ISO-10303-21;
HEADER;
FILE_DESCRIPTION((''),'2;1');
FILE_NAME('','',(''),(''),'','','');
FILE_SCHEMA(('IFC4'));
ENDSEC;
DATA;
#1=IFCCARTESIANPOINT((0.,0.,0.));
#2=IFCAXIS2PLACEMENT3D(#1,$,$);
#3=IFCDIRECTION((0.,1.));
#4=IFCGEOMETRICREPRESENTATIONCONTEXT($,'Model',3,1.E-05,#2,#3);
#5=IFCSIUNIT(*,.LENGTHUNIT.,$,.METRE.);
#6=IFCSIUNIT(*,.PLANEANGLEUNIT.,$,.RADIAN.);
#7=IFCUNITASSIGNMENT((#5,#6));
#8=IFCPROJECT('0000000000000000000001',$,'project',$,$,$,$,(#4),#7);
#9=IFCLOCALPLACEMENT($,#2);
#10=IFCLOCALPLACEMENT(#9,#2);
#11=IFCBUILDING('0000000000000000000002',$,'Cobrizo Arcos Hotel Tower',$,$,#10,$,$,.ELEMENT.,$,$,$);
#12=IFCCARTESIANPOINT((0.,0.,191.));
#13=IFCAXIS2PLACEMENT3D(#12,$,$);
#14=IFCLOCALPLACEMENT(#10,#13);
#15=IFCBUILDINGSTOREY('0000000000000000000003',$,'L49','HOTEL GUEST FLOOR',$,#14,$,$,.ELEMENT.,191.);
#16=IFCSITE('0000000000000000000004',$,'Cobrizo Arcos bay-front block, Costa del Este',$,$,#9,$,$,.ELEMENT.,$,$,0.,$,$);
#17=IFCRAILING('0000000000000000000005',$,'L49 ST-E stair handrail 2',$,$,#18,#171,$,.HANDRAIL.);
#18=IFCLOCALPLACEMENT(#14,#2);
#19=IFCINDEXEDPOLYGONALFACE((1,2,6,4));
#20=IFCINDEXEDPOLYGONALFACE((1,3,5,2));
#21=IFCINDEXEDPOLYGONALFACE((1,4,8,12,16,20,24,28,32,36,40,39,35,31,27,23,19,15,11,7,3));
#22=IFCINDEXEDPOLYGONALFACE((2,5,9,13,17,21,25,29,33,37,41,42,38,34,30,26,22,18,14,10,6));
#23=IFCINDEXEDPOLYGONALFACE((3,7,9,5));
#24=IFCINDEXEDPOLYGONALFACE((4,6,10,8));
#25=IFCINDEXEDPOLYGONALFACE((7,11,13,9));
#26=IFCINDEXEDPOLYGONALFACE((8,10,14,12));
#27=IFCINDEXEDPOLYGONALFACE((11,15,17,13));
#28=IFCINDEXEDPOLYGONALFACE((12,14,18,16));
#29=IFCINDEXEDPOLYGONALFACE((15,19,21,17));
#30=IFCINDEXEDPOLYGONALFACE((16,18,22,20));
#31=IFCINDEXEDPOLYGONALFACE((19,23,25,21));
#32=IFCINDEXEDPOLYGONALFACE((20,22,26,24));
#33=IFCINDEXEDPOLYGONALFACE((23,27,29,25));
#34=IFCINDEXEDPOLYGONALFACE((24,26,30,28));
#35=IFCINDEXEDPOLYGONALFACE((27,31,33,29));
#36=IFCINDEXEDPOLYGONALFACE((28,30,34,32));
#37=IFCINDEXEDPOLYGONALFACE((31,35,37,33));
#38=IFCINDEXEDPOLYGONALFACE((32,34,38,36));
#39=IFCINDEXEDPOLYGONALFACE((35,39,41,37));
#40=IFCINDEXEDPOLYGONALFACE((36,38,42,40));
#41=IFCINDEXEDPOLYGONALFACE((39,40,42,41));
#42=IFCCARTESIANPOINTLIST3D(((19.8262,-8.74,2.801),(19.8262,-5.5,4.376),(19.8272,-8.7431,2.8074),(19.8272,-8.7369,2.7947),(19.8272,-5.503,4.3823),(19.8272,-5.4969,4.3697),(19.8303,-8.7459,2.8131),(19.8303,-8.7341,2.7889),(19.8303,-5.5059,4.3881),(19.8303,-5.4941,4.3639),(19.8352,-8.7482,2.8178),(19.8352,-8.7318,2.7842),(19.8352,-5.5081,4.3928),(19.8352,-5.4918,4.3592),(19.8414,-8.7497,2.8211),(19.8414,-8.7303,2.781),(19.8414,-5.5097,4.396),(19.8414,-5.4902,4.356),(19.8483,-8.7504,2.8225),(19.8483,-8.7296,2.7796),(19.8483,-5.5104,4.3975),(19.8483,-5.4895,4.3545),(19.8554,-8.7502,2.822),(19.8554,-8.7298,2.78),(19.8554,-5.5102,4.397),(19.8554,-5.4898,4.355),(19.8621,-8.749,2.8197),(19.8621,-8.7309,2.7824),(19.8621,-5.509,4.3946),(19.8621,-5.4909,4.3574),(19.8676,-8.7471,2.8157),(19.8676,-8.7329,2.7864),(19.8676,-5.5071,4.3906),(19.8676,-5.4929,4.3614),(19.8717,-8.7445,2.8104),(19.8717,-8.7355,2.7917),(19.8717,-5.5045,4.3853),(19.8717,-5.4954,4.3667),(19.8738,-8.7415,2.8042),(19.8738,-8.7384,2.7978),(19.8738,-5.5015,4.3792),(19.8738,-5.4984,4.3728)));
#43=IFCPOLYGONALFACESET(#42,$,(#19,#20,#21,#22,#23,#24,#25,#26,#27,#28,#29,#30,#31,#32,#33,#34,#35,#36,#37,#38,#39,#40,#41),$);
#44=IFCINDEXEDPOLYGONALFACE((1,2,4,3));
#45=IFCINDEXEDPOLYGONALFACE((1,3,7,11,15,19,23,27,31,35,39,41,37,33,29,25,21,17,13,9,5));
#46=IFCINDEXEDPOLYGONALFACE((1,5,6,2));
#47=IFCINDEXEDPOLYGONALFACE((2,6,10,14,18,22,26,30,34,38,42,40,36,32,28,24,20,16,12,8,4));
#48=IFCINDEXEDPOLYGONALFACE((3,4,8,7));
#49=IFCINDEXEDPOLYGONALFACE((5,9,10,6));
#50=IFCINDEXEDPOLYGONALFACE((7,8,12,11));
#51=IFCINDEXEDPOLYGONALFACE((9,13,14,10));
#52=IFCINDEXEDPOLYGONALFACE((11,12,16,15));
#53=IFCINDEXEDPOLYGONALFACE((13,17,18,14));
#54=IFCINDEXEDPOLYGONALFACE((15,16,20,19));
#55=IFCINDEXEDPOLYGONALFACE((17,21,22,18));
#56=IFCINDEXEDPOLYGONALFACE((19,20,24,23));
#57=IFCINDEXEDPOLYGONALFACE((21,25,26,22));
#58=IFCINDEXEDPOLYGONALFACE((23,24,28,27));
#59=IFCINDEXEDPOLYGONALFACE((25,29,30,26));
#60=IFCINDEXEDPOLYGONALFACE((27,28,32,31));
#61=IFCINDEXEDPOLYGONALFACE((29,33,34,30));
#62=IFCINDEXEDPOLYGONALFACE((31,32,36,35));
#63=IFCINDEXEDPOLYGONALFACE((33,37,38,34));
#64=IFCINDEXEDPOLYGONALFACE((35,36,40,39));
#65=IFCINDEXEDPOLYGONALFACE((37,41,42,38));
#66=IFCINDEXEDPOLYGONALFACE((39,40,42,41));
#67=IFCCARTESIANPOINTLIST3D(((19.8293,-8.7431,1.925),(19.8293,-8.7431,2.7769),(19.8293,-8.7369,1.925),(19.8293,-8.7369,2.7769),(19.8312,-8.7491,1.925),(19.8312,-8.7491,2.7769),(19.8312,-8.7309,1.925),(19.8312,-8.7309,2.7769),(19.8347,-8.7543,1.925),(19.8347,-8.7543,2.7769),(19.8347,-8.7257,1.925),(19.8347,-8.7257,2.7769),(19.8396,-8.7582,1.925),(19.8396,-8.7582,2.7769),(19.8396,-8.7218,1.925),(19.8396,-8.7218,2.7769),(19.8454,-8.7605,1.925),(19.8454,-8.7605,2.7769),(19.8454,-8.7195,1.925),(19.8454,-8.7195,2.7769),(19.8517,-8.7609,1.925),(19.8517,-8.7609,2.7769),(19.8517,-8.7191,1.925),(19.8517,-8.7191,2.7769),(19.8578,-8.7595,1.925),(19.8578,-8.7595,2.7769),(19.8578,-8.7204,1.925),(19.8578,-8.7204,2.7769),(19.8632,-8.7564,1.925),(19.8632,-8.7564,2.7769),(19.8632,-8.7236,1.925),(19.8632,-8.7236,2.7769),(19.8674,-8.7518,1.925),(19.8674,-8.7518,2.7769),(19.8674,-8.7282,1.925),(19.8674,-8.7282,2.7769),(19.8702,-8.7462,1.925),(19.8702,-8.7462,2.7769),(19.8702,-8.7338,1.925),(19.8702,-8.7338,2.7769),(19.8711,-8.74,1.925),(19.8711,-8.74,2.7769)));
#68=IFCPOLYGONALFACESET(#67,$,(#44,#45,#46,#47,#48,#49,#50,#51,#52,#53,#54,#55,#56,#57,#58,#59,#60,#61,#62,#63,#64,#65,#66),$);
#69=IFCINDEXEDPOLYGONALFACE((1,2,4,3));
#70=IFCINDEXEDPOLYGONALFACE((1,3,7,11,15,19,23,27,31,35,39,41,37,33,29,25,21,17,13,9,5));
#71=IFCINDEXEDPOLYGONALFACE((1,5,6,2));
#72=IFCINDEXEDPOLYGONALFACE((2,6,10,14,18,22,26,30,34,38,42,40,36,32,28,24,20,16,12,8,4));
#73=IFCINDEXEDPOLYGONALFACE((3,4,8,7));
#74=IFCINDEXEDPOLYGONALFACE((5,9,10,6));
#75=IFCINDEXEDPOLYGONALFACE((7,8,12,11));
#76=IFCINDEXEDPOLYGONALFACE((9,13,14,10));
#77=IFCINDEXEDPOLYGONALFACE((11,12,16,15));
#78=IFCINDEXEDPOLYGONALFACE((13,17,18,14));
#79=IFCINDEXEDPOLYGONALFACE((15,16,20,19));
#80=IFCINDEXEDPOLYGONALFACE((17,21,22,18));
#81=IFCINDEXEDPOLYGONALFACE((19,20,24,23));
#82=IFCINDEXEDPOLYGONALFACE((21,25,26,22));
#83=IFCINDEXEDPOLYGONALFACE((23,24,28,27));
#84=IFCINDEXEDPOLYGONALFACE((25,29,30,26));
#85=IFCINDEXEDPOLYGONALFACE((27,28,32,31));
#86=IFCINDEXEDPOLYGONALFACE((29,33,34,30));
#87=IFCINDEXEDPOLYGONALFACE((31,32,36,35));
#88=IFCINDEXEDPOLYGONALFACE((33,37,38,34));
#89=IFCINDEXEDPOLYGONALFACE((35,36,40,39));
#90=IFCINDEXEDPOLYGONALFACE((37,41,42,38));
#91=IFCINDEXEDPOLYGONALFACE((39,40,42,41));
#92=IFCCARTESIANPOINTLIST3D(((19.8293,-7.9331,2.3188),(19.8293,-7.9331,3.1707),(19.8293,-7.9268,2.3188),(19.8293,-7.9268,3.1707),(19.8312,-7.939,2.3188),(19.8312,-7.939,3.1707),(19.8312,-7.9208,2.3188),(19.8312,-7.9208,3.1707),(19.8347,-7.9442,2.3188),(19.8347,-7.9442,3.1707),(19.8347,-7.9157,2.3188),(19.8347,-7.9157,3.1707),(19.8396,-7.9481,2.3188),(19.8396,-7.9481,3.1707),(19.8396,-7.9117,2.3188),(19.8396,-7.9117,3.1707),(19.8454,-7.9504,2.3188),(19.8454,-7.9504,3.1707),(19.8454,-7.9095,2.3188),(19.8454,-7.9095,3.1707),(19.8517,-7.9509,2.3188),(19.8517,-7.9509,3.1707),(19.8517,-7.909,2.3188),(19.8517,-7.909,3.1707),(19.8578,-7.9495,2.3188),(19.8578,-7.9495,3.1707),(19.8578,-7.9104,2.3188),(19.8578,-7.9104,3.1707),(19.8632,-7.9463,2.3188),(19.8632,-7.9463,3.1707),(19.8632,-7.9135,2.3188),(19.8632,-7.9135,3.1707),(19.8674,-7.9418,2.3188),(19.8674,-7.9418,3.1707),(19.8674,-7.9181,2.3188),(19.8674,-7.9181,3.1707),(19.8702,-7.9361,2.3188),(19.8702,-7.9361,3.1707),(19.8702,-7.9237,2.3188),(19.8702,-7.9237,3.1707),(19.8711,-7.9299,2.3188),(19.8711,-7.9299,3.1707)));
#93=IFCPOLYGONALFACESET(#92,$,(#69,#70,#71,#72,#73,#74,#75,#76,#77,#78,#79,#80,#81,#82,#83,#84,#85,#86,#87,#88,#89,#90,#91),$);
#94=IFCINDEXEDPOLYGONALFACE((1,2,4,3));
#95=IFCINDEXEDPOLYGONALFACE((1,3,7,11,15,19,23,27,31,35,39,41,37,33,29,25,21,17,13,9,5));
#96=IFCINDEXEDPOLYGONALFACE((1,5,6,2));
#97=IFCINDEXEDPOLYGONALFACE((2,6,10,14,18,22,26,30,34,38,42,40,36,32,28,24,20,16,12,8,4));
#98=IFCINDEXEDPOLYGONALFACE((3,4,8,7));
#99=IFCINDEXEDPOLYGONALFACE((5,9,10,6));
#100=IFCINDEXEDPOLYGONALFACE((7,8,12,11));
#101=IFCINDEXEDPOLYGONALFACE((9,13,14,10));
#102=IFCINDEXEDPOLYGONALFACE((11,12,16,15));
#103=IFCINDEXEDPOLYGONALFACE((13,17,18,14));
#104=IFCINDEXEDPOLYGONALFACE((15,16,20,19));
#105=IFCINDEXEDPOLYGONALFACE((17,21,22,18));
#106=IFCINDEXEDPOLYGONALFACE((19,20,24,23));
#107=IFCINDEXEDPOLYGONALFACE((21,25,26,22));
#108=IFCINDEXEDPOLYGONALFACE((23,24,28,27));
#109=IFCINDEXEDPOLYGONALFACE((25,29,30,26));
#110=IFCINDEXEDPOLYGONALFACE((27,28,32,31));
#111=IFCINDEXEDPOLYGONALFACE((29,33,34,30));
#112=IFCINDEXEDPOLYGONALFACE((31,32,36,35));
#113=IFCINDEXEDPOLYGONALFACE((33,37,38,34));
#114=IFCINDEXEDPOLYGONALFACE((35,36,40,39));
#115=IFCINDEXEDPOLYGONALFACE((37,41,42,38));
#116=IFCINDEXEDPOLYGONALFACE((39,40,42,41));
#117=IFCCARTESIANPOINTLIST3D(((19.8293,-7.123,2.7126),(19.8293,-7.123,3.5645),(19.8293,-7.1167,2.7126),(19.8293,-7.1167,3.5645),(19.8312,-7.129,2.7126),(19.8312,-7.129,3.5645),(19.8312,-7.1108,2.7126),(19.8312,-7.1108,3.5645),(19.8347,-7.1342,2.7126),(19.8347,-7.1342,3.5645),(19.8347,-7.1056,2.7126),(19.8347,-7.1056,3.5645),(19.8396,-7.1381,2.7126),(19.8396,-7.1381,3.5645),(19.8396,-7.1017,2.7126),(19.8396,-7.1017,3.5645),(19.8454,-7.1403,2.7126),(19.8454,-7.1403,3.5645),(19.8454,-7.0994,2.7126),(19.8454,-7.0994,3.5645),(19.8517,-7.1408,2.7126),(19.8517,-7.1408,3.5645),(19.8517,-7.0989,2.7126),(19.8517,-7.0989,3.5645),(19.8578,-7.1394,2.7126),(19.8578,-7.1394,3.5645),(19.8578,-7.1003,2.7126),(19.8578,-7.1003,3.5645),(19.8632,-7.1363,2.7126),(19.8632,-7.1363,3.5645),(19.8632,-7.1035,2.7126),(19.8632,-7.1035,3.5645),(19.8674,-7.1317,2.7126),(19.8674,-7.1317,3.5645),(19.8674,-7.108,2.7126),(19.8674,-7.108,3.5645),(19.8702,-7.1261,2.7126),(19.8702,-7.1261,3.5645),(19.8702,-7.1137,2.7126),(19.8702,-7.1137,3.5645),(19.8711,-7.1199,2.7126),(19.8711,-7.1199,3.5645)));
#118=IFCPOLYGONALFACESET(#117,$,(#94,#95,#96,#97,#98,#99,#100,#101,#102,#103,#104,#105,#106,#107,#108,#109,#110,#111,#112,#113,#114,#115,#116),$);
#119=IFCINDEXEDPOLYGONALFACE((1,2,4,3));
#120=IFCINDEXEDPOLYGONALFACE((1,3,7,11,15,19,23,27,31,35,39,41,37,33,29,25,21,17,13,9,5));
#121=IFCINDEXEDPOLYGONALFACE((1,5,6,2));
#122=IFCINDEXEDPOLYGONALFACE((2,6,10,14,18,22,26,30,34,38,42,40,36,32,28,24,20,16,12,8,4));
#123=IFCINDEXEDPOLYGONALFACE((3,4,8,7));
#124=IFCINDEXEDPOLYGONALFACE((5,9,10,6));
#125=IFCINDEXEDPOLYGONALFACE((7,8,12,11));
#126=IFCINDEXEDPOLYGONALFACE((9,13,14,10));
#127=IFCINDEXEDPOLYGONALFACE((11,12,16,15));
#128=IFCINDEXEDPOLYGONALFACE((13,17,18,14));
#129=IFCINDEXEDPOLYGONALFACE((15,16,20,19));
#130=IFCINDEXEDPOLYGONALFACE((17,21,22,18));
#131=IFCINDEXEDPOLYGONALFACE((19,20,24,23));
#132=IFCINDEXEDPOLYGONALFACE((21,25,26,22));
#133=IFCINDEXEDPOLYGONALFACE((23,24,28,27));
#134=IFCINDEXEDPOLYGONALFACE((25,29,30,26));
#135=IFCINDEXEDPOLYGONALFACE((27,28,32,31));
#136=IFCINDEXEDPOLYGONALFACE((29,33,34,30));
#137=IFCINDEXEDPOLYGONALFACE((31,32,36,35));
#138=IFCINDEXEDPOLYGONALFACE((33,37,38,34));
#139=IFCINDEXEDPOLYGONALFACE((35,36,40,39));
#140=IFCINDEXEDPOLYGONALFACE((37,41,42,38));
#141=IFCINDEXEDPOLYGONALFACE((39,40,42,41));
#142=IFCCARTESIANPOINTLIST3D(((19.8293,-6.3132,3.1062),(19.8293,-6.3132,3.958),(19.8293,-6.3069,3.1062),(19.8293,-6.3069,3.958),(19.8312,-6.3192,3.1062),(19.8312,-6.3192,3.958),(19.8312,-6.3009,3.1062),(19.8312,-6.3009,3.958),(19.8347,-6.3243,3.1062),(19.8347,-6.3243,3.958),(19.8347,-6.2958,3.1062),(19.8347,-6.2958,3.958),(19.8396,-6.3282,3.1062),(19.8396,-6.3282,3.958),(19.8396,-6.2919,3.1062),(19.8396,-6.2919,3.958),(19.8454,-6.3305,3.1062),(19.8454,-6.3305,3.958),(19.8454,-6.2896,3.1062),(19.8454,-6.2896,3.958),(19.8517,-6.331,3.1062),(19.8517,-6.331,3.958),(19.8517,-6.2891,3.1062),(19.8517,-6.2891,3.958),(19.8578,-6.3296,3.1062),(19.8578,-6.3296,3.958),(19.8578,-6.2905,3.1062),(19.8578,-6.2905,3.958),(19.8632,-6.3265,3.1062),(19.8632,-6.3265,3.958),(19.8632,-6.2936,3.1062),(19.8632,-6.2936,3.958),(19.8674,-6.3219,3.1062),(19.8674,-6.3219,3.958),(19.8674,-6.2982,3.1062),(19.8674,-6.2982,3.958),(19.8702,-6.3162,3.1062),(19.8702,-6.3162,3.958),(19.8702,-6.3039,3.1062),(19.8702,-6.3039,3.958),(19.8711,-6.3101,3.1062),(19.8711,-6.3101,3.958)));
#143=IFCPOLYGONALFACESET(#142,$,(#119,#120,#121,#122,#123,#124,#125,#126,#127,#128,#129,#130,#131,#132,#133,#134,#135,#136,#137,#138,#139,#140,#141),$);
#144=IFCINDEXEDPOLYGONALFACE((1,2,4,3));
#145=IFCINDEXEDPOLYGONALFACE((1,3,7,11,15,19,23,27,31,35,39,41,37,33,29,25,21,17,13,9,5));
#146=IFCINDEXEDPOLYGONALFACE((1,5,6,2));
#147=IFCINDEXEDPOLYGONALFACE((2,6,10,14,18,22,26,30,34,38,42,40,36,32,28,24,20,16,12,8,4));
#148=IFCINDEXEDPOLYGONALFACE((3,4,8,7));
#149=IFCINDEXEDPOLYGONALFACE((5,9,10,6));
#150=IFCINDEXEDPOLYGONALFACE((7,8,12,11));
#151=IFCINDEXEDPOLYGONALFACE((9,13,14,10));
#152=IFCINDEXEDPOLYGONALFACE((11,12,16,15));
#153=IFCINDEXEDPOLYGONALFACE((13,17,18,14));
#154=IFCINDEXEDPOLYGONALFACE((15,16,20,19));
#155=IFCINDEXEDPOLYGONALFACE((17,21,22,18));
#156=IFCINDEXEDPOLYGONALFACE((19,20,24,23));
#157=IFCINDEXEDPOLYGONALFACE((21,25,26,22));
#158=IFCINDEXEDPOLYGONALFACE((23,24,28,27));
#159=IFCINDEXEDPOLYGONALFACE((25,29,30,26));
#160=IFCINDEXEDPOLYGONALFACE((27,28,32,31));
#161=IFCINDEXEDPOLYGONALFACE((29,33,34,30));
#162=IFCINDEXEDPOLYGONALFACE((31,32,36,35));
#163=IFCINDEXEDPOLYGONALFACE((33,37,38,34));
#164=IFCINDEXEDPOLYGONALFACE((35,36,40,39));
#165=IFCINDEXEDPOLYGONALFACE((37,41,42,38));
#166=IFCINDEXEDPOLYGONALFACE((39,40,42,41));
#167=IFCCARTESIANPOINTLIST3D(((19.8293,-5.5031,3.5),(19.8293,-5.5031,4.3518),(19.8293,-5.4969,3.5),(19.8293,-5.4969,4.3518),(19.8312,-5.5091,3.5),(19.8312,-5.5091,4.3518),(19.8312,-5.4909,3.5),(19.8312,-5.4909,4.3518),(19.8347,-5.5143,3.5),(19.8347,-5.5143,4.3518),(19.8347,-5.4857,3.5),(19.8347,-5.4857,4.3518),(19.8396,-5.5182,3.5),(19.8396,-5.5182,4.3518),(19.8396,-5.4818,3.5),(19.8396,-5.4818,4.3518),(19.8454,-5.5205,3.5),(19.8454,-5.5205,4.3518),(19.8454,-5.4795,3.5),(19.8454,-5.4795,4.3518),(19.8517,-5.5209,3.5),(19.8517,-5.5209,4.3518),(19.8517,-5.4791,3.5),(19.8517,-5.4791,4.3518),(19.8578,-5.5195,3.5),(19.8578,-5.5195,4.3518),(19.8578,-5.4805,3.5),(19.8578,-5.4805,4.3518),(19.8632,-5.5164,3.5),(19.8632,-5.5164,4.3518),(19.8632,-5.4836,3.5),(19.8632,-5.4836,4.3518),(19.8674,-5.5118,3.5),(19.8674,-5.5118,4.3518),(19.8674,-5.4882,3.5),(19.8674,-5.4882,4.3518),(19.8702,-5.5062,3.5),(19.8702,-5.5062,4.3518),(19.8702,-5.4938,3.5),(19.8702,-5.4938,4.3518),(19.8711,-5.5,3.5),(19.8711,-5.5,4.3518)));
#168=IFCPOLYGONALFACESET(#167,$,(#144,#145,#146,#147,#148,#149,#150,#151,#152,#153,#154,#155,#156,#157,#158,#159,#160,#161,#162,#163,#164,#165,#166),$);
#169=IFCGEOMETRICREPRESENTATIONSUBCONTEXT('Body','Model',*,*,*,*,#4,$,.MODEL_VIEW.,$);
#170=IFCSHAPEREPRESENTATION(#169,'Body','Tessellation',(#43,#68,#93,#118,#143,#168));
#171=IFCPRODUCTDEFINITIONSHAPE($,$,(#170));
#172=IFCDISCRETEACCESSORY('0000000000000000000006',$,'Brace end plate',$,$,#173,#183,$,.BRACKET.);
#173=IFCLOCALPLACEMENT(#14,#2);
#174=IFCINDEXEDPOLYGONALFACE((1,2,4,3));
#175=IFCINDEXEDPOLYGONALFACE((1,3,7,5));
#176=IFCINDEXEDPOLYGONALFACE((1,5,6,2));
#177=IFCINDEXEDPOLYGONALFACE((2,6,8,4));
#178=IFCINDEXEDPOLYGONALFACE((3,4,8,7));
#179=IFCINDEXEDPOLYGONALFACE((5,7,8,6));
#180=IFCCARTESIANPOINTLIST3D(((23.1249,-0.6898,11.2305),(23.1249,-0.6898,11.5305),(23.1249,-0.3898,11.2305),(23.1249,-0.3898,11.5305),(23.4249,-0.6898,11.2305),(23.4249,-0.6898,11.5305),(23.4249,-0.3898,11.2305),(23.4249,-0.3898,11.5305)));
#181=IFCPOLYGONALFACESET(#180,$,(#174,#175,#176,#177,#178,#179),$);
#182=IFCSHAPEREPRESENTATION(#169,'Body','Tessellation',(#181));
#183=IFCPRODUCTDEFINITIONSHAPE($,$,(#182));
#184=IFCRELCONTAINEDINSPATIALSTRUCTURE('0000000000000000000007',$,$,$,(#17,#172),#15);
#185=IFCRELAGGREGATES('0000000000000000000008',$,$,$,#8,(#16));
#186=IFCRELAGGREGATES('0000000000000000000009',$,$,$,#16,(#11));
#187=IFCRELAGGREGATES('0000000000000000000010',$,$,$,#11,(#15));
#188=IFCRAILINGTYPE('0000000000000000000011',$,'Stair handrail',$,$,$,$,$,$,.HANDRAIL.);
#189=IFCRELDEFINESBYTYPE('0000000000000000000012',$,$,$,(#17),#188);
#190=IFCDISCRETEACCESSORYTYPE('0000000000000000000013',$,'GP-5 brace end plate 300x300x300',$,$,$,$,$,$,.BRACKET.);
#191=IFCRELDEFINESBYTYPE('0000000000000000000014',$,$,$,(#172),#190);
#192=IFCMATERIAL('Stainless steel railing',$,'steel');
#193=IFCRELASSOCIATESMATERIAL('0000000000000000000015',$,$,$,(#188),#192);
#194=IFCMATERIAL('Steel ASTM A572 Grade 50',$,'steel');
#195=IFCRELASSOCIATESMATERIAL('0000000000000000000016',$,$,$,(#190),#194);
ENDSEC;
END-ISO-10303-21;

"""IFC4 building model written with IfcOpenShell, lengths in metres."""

from ifc_helpers import new_model, si_unit, direction, frame, origin, origin_2d, place, context, subcontext, project, spatial, rectangle, circle, extrude, material, type_object, element, save


model = new_model("IFC4")

# Units and contexts
model_context = context("Model", 3, precision=1e-05, world=origin(), true_north=direction((0.0, 1.0)))
body_context = subcontext(model_context, "Body", "Model", "MODEL_VIEW")
ifc_project = project(units=[si_unit("LENGTHUNIT", "METRE"), si_unit("PLANEANGLEUNIT", "RADIAN")], contexts=[model_context])

# Site, building, storey
site_placement = place(None, origin())
site = spatial("IfcSite", under=ifc_project, at=site_placement, Name="Cobrizo Arcos bay-front block, Costa del Este", CompositionType="ELEMENT", RefElevation=0.0)
building_placement = place(site_placement, origin())
building = spatial("IfcBuilding", under=site, at=building_placement, Name="Cobrizo Arcos Hotel Tower", CompositionType="ELEMENT")
storey_placement = place(building_placement, frame((0.0, 0.0, 191.0)))
storey = spatial("IfcBuildingStorey", under=building, at=storey_placement, Name="L49", Description="HOTEL GUEST FLOOR", CompositionType="ELEMENT", Elevation=191.0)

# Shared definitions
ifc_material_1 = material(Name="Steel ASTM A572 Grade 50", Category="steel")

# Railing
ifc_material_2 = material(Name="Stainless steel railing", Category="steel")
railing_type_1 = type_object("IfcRailingType", Name="Stair handrail", PredefinedType="HANDRAIL", material=ifc_material_2)
railing_1_placement = place(storey_placement, frame((19.8501, -8.74, 1.925)))
element("IfcRailing", 1, at=railing_1_placement, inside=storey, type_object=railing_type_1, Name="L49 ST-E stair handrail 2", PredefinedType="HANDRAIL", context=body_context, shape_type="SweptSolid", body=[
    extrude(circle(Radius=0.0239, at=origin_2d()), frame((0.0, 0.0, 0.876), z_axis=(0.0, 0.899373, 0.437183), x_axis=(-1.0, 0.0, 0.0)), (0.0, 0.0, 1.0), 3.6025),
    extrude(circle(Radius=0.021, at=origin_2d()), origin(), (0.0, 0.0, 1.0), 0.8518),
    extrude(circle(Radius=0.021, at=origin_2d()), frame((0.0, 0.8101, 0.3938)), (0.0, 0.0, 1.0), 0.8518),
    extrude(circle(Radius=0.021, at=origin_2d()), frame((0.0, 1.6201, 0.7876)), (0.0, 0.0, 1.0), 0.8518),
    extrude(circle(Radius=0.021, at=origin_2d()), frame((0.0, 2.4299, 1.1812)), (0.0, 0.0, 1.0), 0.8518),
    extrude(circle(Radius=0.021, at=origin_2d()), frame((0.0, 3.24, 1.575)), (0.0, 0.0, 1.0), 0.8518),
])

# Discrete accessory
discrete_accessory_type = type_object("IfcDiscreteAccessoryType", Name="GP-5 brace end plate 300x300x300", PredefinedType="BRACKET", material=ifc_material_1)
discrete_accessory_placement = place(storey_placement, frame((23.2749, -0.5398, 11.2305), z_axis=(0.0, 0.0, 1.0), x_axis=(1.0, 0.0, 0.0)))
element("IfcDiscreteAccessory", 2, at=discrete_accessory_placement, inside=storey, type_object=discrete_accessory_type, Name="Brace end plate", PredefinedType="BRACKET", context=body_context, shape_type="SweptSolid", body=[
    extrude(rectangle(XDim=0.3, YDim=0.3, at=origin_2d()), origin(), (0.0, 0.0, 1.0), 0.3),
])

save(model, "model.ifc")
